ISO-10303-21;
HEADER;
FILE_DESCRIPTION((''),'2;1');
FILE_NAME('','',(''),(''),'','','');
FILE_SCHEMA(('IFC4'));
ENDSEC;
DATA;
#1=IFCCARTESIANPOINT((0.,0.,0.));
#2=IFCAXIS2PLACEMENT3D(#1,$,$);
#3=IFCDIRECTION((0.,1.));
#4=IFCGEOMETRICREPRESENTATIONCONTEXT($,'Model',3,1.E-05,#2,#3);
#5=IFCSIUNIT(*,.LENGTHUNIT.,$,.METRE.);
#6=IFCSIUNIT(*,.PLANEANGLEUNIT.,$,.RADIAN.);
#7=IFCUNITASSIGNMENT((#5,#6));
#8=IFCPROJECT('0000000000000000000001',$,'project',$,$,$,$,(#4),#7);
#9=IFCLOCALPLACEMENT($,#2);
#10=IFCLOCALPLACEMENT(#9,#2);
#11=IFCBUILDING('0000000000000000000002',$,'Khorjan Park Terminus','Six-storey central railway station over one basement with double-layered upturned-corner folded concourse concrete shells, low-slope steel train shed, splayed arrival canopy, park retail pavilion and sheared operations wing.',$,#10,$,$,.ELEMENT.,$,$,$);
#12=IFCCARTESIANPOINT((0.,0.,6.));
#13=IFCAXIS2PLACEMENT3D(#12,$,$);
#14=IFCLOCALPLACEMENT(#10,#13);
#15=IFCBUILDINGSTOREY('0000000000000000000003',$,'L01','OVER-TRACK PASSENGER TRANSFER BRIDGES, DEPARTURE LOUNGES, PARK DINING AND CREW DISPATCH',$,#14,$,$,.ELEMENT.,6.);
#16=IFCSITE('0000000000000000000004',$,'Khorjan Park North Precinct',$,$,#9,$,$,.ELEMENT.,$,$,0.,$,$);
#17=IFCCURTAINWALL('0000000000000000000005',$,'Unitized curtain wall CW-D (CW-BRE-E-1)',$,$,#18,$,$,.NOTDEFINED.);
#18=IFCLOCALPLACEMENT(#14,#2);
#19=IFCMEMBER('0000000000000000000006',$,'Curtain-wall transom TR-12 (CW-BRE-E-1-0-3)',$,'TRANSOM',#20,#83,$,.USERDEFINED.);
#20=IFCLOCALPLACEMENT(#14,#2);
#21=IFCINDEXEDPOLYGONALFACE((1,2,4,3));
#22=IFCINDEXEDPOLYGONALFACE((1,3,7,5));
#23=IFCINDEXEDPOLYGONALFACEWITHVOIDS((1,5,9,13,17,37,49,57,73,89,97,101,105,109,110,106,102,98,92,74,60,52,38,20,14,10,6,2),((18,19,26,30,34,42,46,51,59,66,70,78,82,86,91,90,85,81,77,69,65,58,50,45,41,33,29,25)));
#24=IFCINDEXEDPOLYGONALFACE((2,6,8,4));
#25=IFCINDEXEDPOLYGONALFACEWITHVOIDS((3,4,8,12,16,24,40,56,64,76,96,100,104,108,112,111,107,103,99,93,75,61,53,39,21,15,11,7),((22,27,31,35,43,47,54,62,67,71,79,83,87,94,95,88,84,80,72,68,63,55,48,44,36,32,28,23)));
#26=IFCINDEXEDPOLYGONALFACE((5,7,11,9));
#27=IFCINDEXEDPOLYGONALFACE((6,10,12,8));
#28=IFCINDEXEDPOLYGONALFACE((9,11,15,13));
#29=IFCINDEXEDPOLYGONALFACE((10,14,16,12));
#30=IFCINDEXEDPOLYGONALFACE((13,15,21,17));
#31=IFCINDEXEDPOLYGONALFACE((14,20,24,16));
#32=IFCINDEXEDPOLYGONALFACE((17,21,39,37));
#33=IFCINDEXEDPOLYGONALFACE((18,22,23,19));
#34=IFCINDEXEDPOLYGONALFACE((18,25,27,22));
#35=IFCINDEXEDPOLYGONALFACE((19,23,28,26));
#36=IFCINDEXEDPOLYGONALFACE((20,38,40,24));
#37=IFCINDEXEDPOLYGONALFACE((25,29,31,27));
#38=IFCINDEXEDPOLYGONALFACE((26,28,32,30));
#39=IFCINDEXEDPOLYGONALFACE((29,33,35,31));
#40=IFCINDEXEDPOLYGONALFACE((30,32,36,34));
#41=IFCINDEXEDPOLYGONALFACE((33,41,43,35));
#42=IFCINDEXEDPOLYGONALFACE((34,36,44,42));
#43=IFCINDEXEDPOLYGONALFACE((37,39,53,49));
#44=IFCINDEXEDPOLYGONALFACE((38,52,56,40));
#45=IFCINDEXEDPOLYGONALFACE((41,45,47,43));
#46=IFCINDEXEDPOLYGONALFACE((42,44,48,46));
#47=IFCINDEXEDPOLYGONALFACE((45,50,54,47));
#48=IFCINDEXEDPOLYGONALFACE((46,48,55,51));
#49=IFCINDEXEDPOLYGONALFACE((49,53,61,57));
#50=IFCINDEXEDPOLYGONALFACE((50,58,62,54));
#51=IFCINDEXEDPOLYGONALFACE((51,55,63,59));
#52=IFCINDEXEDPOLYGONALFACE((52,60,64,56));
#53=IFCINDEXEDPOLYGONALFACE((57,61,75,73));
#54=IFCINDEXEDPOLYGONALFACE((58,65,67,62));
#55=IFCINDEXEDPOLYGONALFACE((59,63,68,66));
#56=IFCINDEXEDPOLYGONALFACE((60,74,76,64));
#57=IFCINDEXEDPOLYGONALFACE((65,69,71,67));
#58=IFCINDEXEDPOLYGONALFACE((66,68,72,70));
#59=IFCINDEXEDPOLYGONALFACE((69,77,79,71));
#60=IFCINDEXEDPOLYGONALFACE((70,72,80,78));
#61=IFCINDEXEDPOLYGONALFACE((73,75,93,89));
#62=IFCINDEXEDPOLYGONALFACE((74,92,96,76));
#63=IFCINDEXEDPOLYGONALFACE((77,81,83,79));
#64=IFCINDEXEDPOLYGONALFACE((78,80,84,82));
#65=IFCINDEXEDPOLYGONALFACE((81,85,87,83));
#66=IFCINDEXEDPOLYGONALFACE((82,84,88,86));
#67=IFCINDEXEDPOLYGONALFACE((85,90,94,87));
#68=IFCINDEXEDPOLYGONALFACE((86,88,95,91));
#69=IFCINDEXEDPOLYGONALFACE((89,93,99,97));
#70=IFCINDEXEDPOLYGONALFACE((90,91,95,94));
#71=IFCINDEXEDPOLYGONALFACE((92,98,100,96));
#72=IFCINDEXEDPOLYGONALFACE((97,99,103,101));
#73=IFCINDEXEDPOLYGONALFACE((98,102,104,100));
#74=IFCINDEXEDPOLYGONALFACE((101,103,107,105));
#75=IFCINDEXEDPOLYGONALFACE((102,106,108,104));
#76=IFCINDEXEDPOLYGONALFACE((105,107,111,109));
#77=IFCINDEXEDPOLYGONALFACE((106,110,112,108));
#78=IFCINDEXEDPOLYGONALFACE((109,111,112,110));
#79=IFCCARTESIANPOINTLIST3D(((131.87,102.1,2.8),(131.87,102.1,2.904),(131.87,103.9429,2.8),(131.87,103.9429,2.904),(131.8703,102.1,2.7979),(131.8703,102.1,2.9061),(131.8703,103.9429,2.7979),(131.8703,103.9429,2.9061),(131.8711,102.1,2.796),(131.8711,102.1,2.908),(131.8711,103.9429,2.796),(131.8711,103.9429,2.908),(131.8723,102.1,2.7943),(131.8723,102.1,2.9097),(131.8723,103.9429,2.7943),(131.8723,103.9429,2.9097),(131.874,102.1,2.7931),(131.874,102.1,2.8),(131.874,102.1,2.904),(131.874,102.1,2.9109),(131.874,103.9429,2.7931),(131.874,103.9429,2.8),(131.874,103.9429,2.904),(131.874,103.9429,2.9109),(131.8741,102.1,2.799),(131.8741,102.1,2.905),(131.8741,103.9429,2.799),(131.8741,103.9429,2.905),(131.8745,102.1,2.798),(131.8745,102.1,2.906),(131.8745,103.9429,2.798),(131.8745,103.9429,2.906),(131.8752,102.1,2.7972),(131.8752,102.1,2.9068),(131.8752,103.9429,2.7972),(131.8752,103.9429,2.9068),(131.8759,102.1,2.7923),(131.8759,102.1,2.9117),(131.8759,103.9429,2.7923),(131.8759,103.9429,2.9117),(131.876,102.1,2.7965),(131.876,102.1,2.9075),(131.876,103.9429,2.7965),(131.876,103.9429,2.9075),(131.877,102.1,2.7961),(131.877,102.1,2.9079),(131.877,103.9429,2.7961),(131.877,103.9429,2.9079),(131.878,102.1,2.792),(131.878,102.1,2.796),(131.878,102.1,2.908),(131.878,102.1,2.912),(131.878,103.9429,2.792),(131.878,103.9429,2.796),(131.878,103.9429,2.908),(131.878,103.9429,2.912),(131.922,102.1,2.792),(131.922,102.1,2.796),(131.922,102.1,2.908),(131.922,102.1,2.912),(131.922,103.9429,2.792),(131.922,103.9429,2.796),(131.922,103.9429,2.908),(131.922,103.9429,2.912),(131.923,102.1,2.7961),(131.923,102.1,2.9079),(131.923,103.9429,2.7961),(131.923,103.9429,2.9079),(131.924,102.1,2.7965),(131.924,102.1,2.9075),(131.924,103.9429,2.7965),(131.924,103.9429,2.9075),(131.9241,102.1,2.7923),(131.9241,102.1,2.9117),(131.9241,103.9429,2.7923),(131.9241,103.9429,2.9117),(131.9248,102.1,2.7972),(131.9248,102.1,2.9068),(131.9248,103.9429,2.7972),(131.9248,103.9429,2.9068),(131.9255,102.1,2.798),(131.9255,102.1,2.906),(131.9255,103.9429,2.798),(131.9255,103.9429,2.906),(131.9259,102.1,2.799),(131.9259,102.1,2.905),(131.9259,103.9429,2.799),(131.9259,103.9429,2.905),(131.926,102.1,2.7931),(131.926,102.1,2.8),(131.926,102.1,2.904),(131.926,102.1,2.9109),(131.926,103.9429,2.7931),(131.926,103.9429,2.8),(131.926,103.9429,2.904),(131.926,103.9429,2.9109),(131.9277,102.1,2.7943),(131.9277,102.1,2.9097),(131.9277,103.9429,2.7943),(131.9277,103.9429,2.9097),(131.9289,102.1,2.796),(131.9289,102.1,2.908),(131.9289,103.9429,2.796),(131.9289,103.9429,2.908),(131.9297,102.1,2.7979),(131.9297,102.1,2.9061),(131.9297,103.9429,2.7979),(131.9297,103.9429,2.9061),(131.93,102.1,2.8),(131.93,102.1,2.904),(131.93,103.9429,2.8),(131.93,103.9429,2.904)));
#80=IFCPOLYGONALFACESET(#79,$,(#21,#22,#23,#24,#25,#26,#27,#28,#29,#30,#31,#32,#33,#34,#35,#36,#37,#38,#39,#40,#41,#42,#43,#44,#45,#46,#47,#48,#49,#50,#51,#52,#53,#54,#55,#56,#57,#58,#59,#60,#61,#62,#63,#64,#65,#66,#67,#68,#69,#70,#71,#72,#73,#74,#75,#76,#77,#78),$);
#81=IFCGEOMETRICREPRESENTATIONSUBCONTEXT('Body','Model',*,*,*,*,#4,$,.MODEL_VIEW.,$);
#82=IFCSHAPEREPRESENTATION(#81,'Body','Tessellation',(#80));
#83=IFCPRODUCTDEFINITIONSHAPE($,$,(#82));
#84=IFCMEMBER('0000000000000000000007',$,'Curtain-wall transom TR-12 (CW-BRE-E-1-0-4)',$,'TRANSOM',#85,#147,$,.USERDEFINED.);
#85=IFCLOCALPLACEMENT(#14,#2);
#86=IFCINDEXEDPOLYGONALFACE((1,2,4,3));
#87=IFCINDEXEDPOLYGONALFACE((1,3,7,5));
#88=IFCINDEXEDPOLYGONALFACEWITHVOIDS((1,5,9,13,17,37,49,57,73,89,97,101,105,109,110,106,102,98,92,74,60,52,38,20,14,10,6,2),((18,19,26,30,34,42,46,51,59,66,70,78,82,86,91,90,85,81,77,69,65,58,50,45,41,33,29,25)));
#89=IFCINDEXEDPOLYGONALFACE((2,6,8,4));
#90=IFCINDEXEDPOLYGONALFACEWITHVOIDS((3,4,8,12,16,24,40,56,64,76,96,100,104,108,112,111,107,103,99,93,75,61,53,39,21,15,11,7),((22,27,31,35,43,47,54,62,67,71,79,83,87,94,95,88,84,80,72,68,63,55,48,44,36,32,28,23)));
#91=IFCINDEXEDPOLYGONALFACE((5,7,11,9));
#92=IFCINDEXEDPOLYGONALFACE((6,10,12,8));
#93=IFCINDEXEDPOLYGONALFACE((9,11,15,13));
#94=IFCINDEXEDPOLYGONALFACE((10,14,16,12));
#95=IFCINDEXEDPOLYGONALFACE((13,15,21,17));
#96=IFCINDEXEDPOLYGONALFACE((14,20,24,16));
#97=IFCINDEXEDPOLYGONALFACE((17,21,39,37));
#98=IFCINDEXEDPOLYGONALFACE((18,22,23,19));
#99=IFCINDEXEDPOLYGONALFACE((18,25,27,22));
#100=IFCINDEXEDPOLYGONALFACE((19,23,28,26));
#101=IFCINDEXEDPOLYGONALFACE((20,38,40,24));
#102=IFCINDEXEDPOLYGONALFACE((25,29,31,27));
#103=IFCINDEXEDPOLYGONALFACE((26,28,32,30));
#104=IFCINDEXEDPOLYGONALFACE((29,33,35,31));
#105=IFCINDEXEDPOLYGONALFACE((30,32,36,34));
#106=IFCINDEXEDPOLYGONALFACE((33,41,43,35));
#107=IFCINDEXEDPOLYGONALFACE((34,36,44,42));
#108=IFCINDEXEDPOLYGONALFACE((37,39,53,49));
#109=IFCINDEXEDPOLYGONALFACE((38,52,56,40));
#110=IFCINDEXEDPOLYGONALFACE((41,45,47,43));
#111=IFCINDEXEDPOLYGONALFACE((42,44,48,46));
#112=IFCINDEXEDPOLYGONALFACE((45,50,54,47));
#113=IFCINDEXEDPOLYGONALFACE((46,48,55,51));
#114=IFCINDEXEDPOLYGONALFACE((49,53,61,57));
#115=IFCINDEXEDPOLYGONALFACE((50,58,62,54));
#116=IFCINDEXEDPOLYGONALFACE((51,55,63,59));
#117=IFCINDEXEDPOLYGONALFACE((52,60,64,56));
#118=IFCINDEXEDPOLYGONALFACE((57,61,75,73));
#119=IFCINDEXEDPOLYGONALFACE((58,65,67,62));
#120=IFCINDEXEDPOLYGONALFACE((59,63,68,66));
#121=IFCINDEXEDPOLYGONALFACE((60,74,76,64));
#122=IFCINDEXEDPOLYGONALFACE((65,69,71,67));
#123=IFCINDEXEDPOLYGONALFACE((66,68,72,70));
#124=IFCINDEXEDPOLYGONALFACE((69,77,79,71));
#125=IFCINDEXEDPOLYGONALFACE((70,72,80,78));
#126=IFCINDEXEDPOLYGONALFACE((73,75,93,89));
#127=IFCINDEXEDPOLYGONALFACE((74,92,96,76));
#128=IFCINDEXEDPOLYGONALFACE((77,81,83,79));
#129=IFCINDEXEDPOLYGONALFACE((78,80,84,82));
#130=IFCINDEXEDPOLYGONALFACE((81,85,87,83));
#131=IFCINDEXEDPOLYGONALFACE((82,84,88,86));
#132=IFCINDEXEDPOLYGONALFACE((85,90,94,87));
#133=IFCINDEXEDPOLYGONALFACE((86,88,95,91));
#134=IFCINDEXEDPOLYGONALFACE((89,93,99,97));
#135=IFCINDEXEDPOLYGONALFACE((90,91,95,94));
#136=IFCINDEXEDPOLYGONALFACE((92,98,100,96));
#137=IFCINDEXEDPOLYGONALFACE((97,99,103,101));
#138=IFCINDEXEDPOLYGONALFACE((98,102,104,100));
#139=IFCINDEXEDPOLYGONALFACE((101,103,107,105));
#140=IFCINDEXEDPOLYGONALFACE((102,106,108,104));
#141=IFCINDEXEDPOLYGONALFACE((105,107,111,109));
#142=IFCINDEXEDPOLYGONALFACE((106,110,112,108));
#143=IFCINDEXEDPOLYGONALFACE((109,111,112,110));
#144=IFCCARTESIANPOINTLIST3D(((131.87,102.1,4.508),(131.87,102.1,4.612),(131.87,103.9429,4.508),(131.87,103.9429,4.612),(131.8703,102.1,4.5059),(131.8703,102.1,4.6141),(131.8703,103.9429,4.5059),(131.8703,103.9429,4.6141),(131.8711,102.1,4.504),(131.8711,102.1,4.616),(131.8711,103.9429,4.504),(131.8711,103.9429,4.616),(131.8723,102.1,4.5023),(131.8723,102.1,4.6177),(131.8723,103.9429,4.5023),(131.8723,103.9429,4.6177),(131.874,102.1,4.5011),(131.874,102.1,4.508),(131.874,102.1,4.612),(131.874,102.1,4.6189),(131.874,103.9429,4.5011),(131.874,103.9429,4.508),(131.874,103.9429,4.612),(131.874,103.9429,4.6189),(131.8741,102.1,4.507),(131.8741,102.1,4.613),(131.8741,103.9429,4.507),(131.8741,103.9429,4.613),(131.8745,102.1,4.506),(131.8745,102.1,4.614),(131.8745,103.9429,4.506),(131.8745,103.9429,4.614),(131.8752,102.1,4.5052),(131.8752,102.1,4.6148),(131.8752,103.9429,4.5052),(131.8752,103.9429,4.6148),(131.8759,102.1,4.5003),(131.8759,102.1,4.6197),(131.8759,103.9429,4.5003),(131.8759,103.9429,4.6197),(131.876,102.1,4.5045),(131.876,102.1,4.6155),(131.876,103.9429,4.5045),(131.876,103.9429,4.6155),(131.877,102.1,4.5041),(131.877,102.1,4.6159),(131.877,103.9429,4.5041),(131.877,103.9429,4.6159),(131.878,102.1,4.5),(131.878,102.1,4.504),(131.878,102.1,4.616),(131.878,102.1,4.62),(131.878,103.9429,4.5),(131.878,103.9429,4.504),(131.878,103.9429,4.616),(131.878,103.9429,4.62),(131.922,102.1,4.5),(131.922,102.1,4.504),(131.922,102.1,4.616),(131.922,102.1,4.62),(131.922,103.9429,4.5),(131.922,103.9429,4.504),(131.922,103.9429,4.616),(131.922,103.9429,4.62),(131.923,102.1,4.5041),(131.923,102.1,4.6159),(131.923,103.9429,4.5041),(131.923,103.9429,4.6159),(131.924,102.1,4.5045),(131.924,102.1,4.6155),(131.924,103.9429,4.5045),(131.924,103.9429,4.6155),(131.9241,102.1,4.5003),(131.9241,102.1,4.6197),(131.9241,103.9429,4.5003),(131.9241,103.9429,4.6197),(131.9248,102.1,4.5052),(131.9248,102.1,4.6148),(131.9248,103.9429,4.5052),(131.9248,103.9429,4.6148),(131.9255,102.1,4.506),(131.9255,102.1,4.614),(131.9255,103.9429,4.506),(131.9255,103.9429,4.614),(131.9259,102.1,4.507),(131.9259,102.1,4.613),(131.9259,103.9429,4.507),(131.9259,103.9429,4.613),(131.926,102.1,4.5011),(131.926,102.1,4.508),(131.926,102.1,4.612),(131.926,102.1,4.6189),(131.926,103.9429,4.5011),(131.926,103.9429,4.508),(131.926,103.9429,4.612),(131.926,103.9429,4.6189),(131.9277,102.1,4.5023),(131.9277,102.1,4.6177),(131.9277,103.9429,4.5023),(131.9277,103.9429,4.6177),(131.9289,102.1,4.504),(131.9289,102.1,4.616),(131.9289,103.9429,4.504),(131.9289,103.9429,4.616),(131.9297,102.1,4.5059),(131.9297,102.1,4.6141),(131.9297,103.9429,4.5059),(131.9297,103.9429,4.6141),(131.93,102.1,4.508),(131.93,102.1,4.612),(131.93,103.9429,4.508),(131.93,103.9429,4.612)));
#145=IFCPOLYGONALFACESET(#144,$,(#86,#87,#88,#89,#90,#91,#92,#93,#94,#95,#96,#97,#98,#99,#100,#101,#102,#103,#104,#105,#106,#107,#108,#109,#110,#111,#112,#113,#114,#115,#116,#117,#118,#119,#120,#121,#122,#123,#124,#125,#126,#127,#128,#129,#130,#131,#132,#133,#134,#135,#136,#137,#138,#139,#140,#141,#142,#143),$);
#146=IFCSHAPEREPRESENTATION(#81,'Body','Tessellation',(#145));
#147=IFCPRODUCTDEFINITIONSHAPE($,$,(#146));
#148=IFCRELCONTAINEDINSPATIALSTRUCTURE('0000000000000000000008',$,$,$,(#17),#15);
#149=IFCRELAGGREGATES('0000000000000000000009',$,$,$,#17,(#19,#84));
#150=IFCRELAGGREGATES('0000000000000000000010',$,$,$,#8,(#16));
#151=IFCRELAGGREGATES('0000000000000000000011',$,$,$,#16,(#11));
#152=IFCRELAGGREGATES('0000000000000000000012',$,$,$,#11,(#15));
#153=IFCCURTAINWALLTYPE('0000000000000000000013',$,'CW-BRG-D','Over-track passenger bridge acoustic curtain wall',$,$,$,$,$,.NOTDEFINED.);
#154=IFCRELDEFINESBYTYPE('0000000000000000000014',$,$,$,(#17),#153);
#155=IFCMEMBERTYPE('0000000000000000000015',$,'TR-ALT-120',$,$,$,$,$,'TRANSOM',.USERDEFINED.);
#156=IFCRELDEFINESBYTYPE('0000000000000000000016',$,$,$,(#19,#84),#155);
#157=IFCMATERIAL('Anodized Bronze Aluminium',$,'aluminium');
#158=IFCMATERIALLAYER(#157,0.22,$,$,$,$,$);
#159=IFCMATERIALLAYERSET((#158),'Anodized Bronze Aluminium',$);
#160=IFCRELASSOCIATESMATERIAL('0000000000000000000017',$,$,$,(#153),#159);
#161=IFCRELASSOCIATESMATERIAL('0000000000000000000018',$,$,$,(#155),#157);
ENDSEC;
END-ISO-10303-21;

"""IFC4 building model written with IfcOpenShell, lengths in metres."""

from ifc_helpers import new_model, si_unit, direction, frame, origin, origin_2d, place, context, subcontext, project, spatial, hollow_rectangle, extrude, material, layer, layer_set, material_profile, profile_set, type_object, element, aggregate, save


model = new_model("IFC4")

# Units and contexts
model_context = context("Model", 3, precision=1e-05, world=origin(), true_north=direction((0.0, 1.0)))
body_context = subcontext(model_context, "Body", "Model", "MODEL_VIEW")
ifc_project = project(units=[si_unit("LENGTHUNIT", "METRE"), si_unit("PLANEANGLEUNIT", "RADIAN")], contexts=[model_context])

# Site, building, storey
site_placement = place(None, origin())
site = spatial("IfcSite", under=ifc_project, at=site_placement, Name="Khorjan Park North Precinct", CompositionType="ELEMENT", RefElevation=0.0)
building_placement = place(site_placement, origin())
building = spatial("IfcBuilding", under=site, at=building_placement, Name="Khorjan Park Terminus", Description="Six-storey central railway station over one basement with double-layered upturned-corner folded concourse concrete shells, low-slope steel train shed, splayed arrival canopy, park retail pavilion and sheared operations wing.", CompositionType="ELEMENT")
storey_placement = place(building_placement, frame((0.0, 0.0, 6.0)))
storey = spatial("IfcBuildingStorey", under=building, at=storey_placement, Name="L01", Description="OVER-TRACK PASSENGER TRANSFER BRIDGES, DEPARTURE LOUNGES, PARK DINING AND CREW DISPATCH", CompositionType="ELEMENT", Elevation=6.0)

# Curtain wall
ifc_material_1 = material(Name="Anodized Bronze Aluminium", Category="aluminium")
ifc_layer_1 = layer(ifc_material_1, 0.22)
ifc_layer_set_1 = layer_set([ifc_layer_1], Name="Anodized Bronze Aluminium")
curtain_wall_type = type_object("IfcCurtainWallType", Name="CW-BRG-D", Description="Over-track passenger bridge acoustic curtain wall", PredefinedType="NOTDEFINED", material=ifc_layer_set_1)
curtain_wall_1_placement = place(storey_placement, origin())
curtain_wall_1 = element("IfcCurtainWall", 1, at=curtain_wall_1_placement, inside=storey, type_object=curtain_wall_type, Name="Unitized curtain wall CW-D (CW-BRE-E-1)", PredefinedType="NOTDEFINED")

# Members
ifc_material_profile_1 = material_profile(ifc_material_1, hollow_rectangle(XDim=0.06, YDim=0.12, WallThickness=0.004, InnerFilletRadius=0.004, OuterFilletRadius=0.008, at=origin_2d()), Name="ALT 60x120x4")
ifc_profile_set_1 = profile_set([ifc_material_profile_1], Name="Anodized Bronze Aluminium")
member_type_1 = type_object("IfcMemberType", Name="TR-ALT-120", ElementType="TRANSOM", PredefinedType="USERDEFINED", material=ifc_profile_set_1)
member_1_placement = place(storey_placement, frame((131.9, 102.1, 2.852), z_axis=(0.0, 1.0, 0.0), x_axis=(-1.0, 0.0, 0.0)))
member_1 = element("IfcMember", 2, at=member_1_placement, type_object=member_type_1, Name="Curtain-wall transom TR-12 (CW-BRE-E-1-0-3)", ObjectType="TRANSOM", PredefinedType="USERDEFINED", context=body_context, shape_type="SweptSolid", body=[
    extrude(hollow_rectangle(XDim=0.06, YDim=0.12, WallThickness=0.004, InnerFilletRadius=0.004, OuterFilletRadius=0.008, at=origin_2d()), origin(), (0.0, 0.0, 1.0), 1.8429),
])
member_2_placement = place(storey_placement, frame((131.9, 102.1, 4.56), z_axis=(0.0, 1.0, 0.0), x_axis=(-1.0, 0.0, 0.0)))
member_2 = element("IfcMember", 3, at=member_2_placement, type_object=member_type_1, Name="Curtain-wall transom TR-12 (CW-BRE-E-1-0-4)", ObjectType="TRANSOM", PredefinedType="USERDEFINED", context=body_context, shape_type="SweptSolid", body=[
    extrude(hollow_rectangle(XDim=0.06, YDim=0.12, WallThickness=0.004, InnerFilletRadius=0.004, OuterFilletRadius=0.008, at=origin_2d()), origin(), (0.0, 0.0, 1.0), 1.8429),
])

aggregate(curtain_wall_1, [member_1, member_2])

save(model, "model.ifc")
